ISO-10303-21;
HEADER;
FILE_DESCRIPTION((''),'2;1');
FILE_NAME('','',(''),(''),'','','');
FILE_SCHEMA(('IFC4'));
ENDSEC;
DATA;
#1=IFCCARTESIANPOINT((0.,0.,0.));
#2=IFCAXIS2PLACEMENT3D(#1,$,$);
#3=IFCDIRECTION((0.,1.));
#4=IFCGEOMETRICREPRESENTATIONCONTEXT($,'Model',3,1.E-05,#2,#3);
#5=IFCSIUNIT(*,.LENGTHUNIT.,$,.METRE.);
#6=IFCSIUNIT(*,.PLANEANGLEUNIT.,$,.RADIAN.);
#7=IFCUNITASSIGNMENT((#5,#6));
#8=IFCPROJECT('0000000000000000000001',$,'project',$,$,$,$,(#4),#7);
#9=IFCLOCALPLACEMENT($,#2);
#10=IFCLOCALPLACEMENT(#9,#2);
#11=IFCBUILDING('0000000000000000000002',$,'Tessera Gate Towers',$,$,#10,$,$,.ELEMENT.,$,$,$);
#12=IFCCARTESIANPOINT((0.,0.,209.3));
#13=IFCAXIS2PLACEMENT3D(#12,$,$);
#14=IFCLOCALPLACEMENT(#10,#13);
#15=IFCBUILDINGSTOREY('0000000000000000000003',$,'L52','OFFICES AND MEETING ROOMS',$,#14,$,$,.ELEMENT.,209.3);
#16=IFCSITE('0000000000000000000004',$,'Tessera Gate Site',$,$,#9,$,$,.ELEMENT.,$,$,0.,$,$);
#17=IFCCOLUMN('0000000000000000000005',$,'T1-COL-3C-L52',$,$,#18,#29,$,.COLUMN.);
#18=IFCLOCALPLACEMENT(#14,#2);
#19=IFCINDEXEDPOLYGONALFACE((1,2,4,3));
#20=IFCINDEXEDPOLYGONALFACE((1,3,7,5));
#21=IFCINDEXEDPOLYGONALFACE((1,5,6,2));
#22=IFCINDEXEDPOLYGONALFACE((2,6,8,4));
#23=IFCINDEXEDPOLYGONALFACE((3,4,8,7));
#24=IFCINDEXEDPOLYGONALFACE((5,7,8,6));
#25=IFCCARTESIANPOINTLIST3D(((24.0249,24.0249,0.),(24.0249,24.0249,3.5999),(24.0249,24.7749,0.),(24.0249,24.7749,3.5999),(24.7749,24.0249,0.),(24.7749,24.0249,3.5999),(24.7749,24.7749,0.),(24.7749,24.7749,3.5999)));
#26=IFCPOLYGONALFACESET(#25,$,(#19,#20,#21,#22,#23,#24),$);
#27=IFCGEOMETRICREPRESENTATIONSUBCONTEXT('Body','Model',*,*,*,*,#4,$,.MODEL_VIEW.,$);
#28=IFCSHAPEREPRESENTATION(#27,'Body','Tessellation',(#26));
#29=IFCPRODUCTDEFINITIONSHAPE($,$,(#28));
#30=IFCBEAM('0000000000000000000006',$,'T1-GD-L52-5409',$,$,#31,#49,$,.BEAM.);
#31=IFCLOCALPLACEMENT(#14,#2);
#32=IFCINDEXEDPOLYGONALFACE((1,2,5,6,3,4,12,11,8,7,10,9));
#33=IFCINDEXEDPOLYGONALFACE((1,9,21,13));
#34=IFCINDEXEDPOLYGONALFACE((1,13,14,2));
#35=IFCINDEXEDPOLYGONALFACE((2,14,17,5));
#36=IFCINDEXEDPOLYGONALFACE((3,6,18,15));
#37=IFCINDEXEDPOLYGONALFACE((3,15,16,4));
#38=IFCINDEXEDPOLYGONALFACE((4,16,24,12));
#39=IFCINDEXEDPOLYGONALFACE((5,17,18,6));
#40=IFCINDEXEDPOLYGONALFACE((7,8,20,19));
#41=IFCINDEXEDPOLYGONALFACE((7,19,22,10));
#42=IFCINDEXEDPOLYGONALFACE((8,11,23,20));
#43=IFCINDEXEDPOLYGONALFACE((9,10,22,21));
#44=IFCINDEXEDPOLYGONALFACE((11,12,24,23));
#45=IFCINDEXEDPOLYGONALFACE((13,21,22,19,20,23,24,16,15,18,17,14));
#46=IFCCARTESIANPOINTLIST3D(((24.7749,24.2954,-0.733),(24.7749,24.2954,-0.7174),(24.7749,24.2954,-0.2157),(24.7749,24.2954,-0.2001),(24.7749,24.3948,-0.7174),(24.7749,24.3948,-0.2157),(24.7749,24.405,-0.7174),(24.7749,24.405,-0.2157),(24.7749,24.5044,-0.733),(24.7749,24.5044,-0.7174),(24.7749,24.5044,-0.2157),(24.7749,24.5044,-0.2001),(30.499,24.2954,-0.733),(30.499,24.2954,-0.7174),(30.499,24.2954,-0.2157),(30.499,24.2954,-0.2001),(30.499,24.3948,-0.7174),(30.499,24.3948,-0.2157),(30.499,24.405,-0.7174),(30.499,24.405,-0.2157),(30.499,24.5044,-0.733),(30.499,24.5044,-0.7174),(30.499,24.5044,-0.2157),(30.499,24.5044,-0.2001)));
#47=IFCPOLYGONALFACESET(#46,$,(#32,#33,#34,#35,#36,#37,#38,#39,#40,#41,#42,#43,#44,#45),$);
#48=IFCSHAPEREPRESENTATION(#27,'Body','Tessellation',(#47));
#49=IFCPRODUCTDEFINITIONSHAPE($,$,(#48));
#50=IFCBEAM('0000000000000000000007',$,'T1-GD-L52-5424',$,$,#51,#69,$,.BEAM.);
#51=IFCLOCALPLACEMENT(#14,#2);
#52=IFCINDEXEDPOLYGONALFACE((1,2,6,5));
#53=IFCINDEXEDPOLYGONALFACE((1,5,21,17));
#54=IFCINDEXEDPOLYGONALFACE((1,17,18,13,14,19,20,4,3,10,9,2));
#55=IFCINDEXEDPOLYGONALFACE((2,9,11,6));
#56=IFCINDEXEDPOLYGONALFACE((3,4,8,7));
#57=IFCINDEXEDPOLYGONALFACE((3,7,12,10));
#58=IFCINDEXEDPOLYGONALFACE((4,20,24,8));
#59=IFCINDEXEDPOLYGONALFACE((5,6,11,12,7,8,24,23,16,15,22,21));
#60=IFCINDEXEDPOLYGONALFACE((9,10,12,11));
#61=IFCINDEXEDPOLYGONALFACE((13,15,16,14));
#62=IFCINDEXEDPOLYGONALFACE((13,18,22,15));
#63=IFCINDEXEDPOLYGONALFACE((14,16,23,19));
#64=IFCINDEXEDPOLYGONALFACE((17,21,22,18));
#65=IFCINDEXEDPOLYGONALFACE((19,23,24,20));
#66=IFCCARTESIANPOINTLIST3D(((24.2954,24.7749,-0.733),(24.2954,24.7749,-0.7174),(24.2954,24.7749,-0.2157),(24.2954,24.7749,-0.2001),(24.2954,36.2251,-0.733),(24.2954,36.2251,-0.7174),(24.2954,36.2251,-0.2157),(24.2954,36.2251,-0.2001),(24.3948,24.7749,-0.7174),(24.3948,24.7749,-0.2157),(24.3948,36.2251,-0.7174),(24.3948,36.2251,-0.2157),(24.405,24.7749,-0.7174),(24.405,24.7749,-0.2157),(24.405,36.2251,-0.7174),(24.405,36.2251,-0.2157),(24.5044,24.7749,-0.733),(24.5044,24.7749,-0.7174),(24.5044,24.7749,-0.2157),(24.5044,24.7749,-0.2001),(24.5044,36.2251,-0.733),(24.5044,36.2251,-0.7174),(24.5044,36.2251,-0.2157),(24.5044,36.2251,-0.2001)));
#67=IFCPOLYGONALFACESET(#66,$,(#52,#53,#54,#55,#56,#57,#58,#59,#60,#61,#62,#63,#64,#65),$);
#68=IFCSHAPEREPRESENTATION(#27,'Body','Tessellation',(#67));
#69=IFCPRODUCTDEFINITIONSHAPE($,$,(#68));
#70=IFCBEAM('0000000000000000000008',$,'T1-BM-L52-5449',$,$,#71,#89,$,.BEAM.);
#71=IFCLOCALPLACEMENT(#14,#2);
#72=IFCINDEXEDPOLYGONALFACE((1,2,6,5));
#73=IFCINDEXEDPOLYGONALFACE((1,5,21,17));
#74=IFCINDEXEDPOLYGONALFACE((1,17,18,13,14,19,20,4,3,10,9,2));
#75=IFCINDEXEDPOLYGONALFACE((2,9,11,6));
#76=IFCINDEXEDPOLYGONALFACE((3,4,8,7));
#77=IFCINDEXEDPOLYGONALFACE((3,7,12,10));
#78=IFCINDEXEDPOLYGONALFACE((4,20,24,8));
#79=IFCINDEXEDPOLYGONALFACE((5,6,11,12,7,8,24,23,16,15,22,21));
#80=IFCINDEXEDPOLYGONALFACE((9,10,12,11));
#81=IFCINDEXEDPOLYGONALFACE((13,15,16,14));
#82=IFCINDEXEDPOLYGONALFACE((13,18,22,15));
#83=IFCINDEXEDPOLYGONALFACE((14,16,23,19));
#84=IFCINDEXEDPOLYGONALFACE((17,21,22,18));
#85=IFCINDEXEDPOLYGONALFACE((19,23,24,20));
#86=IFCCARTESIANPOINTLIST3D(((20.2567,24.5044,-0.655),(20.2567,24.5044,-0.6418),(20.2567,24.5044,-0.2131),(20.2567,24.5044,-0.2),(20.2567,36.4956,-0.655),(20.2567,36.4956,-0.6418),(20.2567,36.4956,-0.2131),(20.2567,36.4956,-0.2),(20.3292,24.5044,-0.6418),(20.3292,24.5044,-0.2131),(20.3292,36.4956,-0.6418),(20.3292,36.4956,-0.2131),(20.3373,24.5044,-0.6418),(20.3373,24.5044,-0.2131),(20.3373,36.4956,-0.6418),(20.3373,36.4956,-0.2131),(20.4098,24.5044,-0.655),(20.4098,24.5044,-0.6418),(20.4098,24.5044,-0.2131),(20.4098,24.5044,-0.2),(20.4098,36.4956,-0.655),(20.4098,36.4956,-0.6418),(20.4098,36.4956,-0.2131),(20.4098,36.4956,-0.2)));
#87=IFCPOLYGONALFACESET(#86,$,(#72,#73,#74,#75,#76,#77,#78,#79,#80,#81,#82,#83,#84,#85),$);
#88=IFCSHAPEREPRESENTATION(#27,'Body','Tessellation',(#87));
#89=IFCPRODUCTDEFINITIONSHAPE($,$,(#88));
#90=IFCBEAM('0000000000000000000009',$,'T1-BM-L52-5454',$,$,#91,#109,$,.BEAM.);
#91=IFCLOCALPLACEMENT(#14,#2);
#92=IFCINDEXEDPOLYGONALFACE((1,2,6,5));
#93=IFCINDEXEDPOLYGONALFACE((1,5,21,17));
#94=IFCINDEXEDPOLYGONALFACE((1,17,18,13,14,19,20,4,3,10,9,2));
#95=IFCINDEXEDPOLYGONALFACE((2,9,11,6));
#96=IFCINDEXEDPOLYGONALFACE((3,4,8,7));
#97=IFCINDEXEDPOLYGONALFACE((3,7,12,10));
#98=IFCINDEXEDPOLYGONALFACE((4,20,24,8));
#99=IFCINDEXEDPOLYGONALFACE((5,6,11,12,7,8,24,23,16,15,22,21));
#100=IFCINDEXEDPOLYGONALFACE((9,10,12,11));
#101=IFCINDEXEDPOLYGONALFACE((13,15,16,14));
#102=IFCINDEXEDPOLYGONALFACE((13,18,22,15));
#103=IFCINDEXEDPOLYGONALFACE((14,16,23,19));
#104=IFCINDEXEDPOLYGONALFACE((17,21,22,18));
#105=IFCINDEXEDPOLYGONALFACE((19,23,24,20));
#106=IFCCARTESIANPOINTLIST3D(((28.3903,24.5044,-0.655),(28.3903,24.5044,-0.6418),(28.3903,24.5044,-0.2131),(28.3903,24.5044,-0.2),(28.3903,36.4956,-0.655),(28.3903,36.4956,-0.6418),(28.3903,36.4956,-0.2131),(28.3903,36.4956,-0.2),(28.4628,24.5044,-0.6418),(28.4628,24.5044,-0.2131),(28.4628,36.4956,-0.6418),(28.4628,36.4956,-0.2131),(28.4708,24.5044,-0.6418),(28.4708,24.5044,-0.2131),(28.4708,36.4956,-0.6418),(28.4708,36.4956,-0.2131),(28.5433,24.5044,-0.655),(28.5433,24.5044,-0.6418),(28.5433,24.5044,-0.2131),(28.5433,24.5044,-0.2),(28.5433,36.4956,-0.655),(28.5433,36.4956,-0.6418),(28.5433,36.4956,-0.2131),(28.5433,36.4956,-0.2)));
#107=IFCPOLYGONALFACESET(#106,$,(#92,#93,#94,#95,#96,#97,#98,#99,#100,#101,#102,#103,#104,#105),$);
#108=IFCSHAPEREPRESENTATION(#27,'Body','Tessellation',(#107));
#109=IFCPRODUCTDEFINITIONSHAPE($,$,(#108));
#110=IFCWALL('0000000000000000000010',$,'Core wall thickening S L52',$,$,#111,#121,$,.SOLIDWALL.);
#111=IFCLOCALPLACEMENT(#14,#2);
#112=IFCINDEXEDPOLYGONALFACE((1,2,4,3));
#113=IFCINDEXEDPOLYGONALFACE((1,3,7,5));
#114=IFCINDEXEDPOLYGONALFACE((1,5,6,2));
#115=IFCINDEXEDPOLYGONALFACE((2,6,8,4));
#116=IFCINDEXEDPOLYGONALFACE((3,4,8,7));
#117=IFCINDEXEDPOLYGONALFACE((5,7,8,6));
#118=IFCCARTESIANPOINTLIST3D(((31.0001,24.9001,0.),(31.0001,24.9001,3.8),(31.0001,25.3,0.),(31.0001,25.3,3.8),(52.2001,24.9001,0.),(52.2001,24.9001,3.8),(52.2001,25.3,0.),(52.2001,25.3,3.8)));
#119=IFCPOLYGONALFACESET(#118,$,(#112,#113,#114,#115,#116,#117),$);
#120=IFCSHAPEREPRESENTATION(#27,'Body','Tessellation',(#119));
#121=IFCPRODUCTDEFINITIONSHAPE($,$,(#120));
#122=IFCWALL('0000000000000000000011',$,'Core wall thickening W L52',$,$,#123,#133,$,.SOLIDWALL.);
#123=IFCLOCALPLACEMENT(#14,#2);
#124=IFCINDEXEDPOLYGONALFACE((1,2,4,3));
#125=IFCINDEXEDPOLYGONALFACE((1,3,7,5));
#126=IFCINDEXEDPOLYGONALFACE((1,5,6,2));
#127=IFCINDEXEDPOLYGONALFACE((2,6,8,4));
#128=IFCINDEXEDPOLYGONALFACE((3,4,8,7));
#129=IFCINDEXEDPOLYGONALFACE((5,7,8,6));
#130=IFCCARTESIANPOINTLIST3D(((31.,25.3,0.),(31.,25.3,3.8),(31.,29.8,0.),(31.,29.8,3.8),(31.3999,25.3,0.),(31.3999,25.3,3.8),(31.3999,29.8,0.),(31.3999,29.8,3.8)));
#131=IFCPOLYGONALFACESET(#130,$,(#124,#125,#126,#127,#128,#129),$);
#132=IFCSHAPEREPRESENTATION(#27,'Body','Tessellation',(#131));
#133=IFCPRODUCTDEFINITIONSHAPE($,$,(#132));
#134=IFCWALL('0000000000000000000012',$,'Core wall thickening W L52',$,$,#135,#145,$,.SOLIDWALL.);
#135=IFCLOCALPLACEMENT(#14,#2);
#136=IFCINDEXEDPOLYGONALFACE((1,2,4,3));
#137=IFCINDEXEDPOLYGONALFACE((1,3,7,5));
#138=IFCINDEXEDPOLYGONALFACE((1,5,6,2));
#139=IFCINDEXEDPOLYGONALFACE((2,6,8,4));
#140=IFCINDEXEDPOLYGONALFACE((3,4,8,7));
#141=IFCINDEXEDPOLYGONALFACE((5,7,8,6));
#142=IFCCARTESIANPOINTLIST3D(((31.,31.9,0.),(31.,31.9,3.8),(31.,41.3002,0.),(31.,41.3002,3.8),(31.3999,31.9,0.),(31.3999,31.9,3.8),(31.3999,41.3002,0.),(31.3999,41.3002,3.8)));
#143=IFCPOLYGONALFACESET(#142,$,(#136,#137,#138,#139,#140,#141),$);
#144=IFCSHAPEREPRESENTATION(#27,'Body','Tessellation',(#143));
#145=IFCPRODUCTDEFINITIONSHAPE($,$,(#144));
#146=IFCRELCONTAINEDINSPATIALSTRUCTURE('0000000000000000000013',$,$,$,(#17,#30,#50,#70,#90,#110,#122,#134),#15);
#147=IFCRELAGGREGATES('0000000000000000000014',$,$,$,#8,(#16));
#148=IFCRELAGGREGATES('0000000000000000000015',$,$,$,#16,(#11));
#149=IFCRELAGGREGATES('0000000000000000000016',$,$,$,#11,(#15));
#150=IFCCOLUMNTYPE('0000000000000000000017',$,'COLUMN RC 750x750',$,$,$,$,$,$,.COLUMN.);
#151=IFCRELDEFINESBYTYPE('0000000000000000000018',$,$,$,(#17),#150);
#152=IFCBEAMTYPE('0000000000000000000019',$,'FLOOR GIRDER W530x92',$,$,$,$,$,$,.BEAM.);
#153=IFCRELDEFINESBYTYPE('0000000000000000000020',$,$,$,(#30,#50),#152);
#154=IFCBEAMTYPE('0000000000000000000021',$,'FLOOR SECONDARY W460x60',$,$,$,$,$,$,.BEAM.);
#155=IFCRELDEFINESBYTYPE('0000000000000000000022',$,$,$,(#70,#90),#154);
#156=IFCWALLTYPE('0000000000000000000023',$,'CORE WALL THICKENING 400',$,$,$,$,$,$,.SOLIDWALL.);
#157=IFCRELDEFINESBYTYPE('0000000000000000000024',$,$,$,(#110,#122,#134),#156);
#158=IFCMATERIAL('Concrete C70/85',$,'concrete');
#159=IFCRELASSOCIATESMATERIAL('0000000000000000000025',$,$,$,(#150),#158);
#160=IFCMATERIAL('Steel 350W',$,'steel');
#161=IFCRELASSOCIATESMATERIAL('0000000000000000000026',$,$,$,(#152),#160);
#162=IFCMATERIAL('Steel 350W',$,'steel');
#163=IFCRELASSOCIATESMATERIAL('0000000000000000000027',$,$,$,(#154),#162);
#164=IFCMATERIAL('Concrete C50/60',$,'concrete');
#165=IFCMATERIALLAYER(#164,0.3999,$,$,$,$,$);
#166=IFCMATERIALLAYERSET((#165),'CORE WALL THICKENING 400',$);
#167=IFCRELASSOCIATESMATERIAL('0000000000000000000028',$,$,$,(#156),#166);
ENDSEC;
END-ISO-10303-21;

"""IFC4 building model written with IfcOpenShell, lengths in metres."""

from ifc_helpers import new_model, si_unit, direction, frame, frame_2d, origin, origin_2d, place, context, subcontext, project, spatial, rectangle, i_section, extrude, material, layer, layer_set, material_profile, profile_set, type_object, element, save


model = new_model("IFC4")

# Units and contexts
model_context = context("Model", 3, precision=1e-05, world=origin(), true_north=direction((0.0, 1.0)))
body_context = subcontext(model_context, "Body", "Model", "MODEL_VIEW")
ifc_project = project(units=[si_unit("LENGTHUNIT", "METRE"), si_unit("PLANEANGLEUNIT", "RADIAN")], contexts=[model_context])

# Site, building, storey
site_placement = place(None, origin())
site = spatial("IfcSite", under=ifc_project, at=site_placement, Name="Tessera Gate Site", CompositionType="ELEMENT", RefElevation=0.0)
building_placement = place(site_placement, origin())
building = spatial("IfcBuilding", under=site, at=building_placement, Name="Tessera Gate Towers", CompositionType="ELEMENT")
storey_placement = place(building_placement, frame((0.0, 0.0, 209.3)))
storey = spatial("IfcBuildingStorey", under=building, at=storey_placement, Name="L52", Description="OFFICES AND MEETING ROOMS", CompositionType="ELEMENT", Elevation=209.3)

# Column
ifc_material_1 = material(Name="Concrete C70/85", Category="concrete")
ifc_material_profile_1 = material_profile(ifc_material_1, rectangle(XDim=0.75, YDim=0.75, at=origin_2d()), Name="RC 750x750")
ifc_profile_set_1 = profile_set([ifc_material_profile_1], Name="Concrete C70/85")
column_type = type_object("IfcColumnType", Name="COLUMN RC 750x750", PredefinedType="COLUMN", material=ifc_profile_set_1)
column_placement = place(storey_placement, frame((24.3999, 24.3999, 0.0), z_axis=(0.0, 0.0, 1.0), x_axis=(1.0, 0.0, 0.0)))
element("IfcColumn", 1, at=column_placement, inside=storey, type_object=column_type, Name="T1-COL-3C-L52", PredefinedType="COLUMN", context=body_context, shape_type="SweptSolid", body=[
    extrude(rectangle(XDim=0.75, YDim=0.75, at=origin_2d()), origin(), (0.0, 0.0, 1.0), 3.5999),
])

# Beams
ifc_material_2 = material(Name="Steel 350W", Category="steel")
ifc_material_profile_2 = material_profile(ifc_material_2, i_section(OverallWidth=0.209, OverallDepth=0.533, WebThickness=0.0103, FlangeThickness=0.0156, at=origin_2d()), Name="W530x92")
ifc_profile_set_2 = profile_set([ifc_material_profile_2], Name="Steel 350W")
beam_type_1 = type_object("IfcBeamType", Name="FLOOR GIRDER W530x92", PredefinedType="BEAM", material=ifc_profile_set_2)
beam_1_placement = place(storey_placement, frame((24.7749, 24.3999, -0.4666), z_axis=(1.0, 0.0, 0.0), x_axis=(0.0, 1.0, 0.0)))
element("IfcBeam", 2, at=beam_1_placement, inside=storey, type_object=beam_type_1, Name="T1-GD-L52-5409", PredefinedType="BEAM", context=body_context, shape_type="SweptSolid", body=[
    extrude(i_section(OverallWidth=0.209, OverallDepth=0.533, WebThickness=0.0103, FlangeThickness=0.0156, at=origin_2d()), origin(), (0.0, 0.0, 1.0), 5.7241),
])
beam_2_placement = place(storey_placement, frame((24.3999, 24.7749, -0.4666), z_axis=(0.0, 1.0, 0.0), x_axis=(-1.0, 0.0, 0.0)))
element("IfcBeam", 3, at=beam_2_placement, inside=storey, type_object=beam_type_1, Name="T1-GD-L52-5424", PredefinedType="BEAM", context=body_context, shape_type="SweptSolid", body=[
    extrude(i_section(OverallWidth=0.209, OverallDepth=0.533, WebThickness=0.0103, FlangeThickness=0.0156, at=origin_2d()), origin(), (0.0, 0.0, 1.0), 11.4502),
])
ifc_material_3 = material(Name="Steel 350W", Category="steel")
ifc_material_profile_3 = material_profile(ifc_material_3, i_section(OverallWidth=0.1531, OverallDepth=0.4551, WebThickness=0.0081, FlangeThickness=0.0132, at=origin_2d()), Name="W460x60")
ifc_profile_set_3 = profile_set([ifc_material_profile_3], Name="Steel 350W")
beam_type_2 = type_object("IfcBeamType", Name="FLOOR SECONDARY W460x60", PredefinedType="BEAM", material=ifc_profile_set_3)
for number, where, z_axis, x_axis, name in (
    (4, (20.3333, 24.5044, -0.4275), (0.0, 1.0, 0.0), (-1.0, 0.0, 0.0), "T1-BM-L52-5449"),
    (5, (28.4668, 24.5044, -0.4275), (0.0, 1.0, 0.0), (-1.0, 0.0, 0.0), "T1-BM-L52-5454"),
):
    element("IfcBeam", number, at=place(storey_placement, frame(where, z_axis=z_axis, x_axis=x_axis)), inside=storey, type_object=beam_type_2, Name=name, PredefinedType="BEAM", context=body_context, shape_type="SweptSolid", body=[
        extrude(i_section(OverallWidth=0.1531, OverallDepth=0.4551, WebThickness=0.0081, FlangeThickness=0.0132, at=origin_2d()), origin(), (0.0, 0.0, 1.0), 11.9912),
    ])

# Walls
ifc_material_4 = material(Name="Concrete C50/60", Category="concrete")
ifc_layer_1 = layer(ifc_material_4, 0.3999)
ifc_layer_set_1 = layer_set([ifc_layer_1], Name="CORE WALL THICKENING 400")
wall_type_1 = type_object("IfcWallType", Name="CORE WALL THICKENING 400", PredefinedType="SOLIDWALL", material=ifc_layer_set_1)
wall_1_placement = place(storey_placement, frame((31.0, 25.1001, 0.0), z_axis=(0.0, 0.0, 1.0), x_axis=(1.0, 0.0, 0.0)))
element("IfcWall", 6, at=wall_1_placement, inside=storey, type_object=wall_type_1, Name="Core wall thickening S L52", PredefinedType="SOLIDWALL", context=body_context, shape_type="SweptSolid", body=[
    extrude(rectangle(XDim=21.2, YDim=0.3999, at=frame_2d((10.6001, 0.0))), origin(), (0.0, 0.0, 1.0), 3.8),
])
wall_2_placement = place(storey_placement, frame((31.2, 25.3, 0.0), z_axis=(0.0, 0.0, 1.0), x_axis=(0.0, 1.0, 0.0)))
element("IfcWall", 7, at=wall_2_placement, inside=storey, type_object=wall_type_1, Name="Core wall thickening W L52", PredefinedType="SOLIDWALL", context=body_context, shape_type="SweptSolid", body=[
    extrude(rectangle(XDim=4.5, YDim=0.3999, at=frame_2d((2.25, 0.0))), origin(), (0.0, 0.0, 1.0), 3.8),
])
wall_3_placement = place(storey_placement, frame((31.2, 31.8999, 0.0), z_axis=(0.0, 0.0, 1.0), x_axis=(0.0, 1.0, 0.0)))
element("IfcWall", 8, at=wall_3_placement, inside=storey, type_object=wall_type_1, Name="Core wall thickening W L52", PredefinedType="SOLIDWALL", context=body_context, shape_type="SweptSolid", body=[
    extrude(rectangle(XDim=9.4001, YDim=0.3999, at=frame_2d((4.7002, 0.0))), origin(), (0.0, 0.0, 1.0), 3.8),
])

save(model, "model.ifc")
